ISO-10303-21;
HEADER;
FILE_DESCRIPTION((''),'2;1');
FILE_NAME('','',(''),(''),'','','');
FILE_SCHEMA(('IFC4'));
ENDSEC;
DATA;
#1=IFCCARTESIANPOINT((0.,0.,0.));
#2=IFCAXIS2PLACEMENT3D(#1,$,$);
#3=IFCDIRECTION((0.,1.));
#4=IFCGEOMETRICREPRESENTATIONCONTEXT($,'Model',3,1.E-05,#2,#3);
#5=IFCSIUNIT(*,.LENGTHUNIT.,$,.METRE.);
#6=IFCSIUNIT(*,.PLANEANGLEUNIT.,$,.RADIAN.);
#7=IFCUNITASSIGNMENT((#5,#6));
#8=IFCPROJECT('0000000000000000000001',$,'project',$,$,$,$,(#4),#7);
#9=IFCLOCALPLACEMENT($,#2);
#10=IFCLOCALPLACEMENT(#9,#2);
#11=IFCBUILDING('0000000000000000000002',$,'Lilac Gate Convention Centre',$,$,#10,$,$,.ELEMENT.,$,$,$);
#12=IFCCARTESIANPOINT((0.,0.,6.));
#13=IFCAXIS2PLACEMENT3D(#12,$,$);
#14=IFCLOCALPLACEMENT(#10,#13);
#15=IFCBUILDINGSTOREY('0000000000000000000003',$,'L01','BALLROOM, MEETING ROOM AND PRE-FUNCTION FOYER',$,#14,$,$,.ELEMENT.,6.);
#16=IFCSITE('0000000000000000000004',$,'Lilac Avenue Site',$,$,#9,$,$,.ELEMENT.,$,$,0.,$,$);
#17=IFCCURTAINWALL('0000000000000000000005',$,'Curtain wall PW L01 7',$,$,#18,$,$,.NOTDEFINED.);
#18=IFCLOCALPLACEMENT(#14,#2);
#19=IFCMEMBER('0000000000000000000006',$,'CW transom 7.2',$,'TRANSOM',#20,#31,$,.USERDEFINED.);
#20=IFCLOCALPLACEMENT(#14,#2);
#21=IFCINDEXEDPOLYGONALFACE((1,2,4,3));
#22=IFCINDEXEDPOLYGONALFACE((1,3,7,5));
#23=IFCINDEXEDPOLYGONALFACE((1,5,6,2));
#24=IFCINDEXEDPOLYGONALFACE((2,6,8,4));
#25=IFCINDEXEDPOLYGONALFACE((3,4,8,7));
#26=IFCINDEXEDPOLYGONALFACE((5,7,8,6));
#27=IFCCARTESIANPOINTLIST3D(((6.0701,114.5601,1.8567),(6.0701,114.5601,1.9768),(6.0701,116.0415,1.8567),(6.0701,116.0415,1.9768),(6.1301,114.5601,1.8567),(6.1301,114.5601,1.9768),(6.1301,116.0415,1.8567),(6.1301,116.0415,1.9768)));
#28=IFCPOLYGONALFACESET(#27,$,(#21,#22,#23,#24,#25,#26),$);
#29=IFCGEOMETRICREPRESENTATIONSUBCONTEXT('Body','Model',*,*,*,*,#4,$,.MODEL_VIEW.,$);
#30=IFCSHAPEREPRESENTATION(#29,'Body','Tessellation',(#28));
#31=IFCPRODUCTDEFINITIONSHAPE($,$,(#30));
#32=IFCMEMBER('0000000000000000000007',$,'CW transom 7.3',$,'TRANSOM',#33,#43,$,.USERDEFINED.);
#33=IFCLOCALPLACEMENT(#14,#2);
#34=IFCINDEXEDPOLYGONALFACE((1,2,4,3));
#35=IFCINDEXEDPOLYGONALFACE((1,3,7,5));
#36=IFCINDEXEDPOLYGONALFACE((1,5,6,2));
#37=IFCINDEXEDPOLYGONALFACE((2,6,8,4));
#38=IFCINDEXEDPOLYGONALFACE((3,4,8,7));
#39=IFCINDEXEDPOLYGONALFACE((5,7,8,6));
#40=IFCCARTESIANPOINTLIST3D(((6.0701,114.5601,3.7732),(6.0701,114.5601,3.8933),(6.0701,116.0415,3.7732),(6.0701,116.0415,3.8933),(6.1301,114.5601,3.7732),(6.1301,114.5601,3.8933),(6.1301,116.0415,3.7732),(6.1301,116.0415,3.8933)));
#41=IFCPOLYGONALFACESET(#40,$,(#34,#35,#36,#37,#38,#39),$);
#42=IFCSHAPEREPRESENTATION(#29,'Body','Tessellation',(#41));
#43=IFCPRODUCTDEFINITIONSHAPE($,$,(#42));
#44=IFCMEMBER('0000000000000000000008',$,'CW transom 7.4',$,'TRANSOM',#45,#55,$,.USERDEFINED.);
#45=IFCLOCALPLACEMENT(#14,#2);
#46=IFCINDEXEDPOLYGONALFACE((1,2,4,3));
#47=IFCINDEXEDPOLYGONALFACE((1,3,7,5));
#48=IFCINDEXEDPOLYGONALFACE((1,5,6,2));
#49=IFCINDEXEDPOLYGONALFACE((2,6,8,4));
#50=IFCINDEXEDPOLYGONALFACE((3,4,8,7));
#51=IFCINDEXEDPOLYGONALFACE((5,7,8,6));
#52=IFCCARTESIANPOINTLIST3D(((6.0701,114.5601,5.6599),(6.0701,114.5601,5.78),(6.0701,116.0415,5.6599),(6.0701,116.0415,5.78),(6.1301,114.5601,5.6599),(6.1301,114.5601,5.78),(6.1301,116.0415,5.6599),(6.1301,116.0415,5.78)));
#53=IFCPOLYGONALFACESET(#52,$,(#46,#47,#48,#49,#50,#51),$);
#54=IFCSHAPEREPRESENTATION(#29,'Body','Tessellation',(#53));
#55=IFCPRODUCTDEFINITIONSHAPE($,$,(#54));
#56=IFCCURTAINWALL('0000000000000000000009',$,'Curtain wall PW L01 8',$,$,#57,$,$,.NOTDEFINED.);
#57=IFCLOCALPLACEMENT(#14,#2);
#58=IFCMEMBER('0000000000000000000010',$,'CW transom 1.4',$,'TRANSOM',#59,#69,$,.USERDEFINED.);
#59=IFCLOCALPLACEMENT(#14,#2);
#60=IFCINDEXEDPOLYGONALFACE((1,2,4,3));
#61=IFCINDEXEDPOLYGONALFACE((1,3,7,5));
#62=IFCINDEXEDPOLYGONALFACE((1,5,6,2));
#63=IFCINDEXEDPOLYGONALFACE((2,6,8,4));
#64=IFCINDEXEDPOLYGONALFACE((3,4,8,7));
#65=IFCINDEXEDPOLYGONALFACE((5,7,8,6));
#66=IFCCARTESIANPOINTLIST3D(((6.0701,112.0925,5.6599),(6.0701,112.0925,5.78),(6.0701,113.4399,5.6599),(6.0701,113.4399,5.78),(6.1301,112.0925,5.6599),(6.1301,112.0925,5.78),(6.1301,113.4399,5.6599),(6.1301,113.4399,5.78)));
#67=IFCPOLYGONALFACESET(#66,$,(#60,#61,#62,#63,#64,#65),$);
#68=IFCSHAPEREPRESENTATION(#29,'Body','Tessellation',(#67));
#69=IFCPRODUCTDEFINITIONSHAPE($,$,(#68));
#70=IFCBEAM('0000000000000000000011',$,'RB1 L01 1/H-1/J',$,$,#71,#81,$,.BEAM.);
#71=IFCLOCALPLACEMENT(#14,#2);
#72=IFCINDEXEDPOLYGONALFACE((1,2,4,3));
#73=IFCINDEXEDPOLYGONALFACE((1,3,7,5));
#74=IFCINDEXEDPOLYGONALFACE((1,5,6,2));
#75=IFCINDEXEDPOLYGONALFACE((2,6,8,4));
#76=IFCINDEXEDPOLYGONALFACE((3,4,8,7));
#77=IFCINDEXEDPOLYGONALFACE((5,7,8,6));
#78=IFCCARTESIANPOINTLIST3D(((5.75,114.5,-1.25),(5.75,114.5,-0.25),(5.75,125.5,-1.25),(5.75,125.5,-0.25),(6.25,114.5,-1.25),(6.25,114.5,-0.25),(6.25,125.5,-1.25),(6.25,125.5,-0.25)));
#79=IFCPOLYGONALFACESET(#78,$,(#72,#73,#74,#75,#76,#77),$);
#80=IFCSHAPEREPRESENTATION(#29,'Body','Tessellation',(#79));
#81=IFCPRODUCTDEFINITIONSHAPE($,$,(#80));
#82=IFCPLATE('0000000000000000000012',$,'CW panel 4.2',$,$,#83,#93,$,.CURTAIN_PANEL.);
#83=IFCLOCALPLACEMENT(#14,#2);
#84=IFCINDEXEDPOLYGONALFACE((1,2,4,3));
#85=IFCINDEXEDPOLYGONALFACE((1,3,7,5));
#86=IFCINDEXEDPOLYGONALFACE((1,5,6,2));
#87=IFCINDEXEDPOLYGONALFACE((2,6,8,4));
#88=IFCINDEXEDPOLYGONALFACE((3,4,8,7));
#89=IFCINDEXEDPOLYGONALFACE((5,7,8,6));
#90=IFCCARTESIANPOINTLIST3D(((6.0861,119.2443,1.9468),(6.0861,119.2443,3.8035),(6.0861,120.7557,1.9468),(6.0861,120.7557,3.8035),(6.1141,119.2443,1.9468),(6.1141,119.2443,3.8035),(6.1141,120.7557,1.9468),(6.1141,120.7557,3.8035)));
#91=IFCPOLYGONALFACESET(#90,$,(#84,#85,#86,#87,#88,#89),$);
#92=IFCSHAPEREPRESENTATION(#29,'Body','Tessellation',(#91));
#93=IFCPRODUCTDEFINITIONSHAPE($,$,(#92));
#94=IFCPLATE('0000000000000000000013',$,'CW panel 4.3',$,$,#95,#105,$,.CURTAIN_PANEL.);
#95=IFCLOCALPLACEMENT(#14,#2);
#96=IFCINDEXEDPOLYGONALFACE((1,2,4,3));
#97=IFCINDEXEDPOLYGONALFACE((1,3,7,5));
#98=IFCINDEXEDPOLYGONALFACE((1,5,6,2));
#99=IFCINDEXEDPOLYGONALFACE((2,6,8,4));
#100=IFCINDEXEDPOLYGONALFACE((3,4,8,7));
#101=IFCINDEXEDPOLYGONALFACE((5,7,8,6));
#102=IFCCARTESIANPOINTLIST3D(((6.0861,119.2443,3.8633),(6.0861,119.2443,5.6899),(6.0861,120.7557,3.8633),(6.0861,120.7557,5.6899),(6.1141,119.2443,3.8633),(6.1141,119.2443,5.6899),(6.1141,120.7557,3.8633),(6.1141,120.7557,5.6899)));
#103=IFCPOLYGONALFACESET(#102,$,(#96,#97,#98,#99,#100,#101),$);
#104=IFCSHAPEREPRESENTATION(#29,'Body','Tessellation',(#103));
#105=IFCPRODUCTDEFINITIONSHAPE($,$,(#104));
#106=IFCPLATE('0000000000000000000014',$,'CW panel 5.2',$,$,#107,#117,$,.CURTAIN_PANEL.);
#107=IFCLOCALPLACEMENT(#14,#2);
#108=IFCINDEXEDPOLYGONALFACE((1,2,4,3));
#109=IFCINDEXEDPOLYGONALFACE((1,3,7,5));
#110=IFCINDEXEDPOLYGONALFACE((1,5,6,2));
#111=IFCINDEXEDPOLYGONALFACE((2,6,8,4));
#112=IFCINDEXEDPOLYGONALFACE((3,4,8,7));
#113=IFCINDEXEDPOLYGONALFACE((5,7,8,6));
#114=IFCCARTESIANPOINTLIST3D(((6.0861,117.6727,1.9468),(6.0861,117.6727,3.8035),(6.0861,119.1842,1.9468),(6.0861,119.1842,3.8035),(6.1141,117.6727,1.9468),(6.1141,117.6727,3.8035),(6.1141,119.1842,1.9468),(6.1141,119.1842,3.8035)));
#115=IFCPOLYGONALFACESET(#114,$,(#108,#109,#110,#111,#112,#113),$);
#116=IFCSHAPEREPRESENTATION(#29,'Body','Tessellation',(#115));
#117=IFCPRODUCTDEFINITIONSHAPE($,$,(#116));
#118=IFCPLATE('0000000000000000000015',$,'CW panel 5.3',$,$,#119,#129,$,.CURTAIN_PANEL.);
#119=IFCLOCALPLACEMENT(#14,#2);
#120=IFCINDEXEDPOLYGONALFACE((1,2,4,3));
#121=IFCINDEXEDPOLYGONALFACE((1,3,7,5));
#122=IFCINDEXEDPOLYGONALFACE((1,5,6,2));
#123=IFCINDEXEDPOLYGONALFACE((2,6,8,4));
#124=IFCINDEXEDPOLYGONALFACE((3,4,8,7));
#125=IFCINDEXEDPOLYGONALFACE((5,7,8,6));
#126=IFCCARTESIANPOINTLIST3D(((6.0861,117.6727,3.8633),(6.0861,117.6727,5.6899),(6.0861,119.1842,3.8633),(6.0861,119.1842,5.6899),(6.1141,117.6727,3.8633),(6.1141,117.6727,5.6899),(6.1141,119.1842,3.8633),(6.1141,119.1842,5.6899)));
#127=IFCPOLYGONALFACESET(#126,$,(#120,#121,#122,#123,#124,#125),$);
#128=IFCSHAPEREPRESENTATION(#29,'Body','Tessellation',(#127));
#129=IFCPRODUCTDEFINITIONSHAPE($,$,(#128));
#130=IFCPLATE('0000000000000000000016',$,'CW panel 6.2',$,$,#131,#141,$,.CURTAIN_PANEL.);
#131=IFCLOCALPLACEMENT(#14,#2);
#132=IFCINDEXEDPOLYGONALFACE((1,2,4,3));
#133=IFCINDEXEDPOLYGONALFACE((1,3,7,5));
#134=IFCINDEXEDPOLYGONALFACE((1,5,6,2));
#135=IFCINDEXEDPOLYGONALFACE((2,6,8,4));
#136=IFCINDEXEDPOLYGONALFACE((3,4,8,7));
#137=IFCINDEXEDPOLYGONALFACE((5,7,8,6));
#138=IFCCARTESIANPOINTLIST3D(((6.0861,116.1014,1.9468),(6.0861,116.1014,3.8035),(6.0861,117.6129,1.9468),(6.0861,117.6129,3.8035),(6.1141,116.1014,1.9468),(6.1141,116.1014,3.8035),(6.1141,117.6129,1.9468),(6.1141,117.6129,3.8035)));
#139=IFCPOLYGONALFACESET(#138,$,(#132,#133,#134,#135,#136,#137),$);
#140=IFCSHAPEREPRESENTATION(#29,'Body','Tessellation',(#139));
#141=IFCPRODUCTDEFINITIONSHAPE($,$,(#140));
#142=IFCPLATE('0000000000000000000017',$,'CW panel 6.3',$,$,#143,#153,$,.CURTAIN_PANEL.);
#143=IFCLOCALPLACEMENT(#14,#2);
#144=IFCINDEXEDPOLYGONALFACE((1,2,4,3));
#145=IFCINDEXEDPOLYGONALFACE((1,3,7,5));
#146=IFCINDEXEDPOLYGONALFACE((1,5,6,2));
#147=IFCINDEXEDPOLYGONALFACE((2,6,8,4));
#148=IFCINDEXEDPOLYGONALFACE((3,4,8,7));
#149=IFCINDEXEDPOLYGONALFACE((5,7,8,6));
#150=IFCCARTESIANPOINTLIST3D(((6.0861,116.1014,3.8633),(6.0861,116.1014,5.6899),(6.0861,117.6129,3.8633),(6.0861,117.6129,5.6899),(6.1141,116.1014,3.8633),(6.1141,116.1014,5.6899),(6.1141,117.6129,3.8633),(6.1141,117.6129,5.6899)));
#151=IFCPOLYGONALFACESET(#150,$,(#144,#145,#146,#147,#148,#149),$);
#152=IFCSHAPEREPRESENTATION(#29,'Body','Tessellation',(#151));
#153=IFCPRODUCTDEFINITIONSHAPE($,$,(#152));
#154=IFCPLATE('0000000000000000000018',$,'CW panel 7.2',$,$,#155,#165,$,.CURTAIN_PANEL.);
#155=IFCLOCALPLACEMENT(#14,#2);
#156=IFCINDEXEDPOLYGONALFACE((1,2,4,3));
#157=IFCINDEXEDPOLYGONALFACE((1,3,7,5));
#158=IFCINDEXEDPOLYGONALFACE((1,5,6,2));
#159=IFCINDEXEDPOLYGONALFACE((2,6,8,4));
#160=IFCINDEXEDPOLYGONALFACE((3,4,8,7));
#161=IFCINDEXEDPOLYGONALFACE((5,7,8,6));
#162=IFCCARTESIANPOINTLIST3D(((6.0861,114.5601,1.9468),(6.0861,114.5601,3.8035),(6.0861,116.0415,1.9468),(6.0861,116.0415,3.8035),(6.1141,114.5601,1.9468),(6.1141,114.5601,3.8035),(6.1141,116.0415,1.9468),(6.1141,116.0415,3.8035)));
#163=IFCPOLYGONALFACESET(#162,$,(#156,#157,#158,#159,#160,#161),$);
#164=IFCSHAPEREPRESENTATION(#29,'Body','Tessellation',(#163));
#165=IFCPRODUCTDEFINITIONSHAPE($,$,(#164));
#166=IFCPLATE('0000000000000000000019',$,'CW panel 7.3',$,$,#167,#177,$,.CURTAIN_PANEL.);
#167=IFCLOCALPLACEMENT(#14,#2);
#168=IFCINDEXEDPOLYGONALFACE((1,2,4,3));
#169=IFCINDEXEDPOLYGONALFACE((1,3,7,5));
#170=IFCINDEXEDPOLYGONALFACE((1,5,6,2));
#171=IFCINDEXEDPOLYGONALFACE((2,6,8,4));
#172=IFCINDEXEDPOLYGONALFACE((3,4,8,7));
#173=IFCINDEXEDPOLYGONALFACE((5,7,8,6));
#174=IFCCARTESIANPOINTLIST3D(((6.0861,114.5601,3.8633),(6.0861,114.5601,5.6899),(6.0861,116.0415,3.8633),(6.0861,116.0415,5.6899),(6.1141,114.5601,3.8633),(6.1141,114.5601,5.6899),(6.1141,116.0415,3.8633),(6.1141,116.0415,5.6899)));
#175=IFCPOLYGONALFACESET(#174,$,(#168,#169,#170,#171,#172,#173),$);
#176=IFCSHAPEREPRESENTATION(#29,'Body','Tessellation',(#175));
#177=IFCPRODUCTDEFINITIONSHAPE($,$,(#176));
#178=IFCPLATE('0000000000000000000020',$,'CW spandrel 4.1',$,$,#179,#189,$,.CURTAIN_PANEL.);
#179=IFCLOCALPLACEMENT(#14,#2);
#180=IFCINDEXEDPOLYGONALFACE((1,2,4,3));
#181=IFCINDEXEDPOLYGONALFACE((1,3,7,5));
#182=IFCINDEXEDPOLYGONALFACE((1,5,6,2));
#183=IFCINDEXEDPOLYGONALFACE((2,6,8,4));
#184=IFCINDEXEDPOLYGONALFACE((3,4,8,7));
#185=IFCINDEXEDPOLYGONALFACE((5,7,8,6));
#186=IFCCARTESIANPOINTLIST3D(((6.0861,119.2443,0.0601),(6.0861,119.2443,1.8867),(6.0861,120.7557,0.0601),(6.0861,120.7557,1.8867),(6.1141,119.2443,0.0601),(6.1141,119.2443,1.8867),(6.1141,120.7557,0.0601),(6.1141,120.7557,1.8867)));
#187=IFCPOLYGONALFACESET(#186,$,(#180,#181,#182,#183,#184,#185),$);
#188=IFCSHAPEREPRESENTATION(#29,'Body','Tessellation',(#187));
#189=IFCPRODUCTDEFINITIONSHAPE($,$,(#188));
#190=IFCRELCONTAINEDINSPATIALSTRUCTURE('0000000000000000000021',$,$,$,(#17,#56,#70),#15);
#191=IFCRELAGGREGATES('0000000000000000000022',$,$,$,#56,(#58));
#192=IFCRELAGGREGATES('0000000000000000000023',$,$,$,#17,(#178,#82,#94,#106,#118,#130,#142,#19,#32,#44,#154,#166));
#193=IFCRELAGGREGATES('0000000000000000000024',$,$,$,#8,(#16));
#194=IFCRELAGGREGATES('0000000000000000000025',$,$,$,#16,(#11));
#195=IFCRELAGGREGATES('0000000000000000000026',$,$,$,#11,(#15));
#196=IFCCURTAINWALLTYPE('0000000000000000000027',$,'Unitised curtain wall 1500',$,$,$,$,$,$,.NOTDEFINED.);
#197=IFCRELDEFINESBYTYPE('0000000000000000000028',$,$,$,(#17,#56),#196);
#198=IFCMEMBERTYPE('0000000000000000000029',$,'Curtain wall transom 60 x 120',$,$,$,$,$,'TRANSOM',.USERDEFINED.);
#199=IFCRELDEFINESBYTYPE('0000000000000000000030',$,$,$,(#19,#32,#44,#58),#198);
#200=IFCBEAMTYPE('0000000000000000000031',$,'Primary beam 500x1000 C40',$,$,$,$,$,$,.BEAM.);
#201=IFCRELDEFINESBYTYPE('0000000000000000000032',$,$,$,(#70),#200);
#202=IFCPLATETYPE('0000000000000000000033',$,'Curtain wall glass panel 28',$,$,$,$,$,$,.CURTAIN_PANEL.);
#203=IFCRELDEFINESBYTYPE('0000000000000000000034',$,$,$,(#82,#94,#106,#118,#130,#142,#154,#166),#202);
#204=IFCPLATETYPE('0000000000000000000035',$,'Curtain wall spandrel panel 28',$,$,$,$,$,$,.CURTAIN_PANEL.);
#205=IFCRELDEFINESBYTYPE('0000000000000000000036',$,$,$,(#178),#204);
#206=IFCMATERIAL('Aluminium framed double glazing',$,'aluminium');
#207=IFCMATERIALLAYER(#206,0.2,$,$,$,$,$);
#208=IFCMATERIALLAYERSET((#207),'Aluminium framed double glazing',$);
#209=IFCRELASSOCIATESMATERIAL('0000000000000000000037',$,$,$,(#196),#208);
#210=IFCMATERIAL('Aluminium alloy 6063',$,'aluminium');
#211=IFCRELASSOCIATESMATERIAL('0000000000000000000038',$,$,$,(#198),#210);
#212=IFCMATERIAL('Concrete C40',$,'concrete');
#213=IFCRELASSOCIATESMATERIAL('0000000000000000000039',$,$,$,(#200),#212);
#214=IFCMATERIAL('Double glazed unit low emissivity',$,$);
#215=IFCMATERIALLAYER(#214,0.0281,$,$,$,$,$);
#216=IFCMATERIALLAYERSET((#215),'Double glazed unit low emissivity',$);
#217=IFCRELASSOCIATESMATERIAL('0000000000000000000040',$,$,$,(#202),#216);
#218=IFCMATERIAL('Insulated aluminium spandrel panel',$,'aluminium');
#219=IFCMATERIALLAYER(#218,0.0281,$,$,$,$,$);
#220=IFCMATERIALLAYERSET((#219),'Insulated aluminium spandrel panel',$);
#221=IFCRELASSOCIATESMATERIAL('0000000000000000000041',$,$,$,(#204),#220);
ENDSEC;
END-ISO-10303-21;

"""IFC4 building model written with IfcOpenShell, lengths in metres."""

from ifc_helpers import new_model, si_unit, direction, frame, origin, origin_2d, place, context, subcontext, project, spatial, rectangle, extrude, material, layer, layer_set, material_profile, profile_set, type_object, element, aggregate, save


model = new_model("IFC4")

# Units and contexts
model_context = context("Model", 3, precision=1e-05, world=origin(), true_north=direction((0.0, 1.0)))
body_context = subcontext(model_context, "Body", "Model", "MODEL_VIEW")
ifc_project = project(units=[si_unit("LENGTHUNIT", "METRE"), si_unit("PLANEANGLEUNIT", "RADIAN")], contexts=[model_context])

# Site, building, storey
site_placement = place(None, origin())
site = spatial("IfcSite", under=ifc_project, at=site_placement, Name="Lilac Avenue Site", CompositionType="ELEMENT", RefElevation=0.0)
building_placement = place(site_placement, origin())
building = spatial("IfcBuilding", under=site, at=building_placement, Name="Lilac Gate Convention Centre", CompositionType="ELEMENT")
storey_placement = place(building_placement, frame((0.0, 0.0, 6.0)))
storey = spatial("IfcBuildingStorey", under=building, at=storey_placement, Name="L01", Description="BALLROOM, MEETING ROOM AND PRE-FUNCTION FOYER", CompositionType="ELEMENT", Elevation=6.0)

# Shared definitions
ifc_material_1 = material(Name="Concrete C40", Category="concrete")

# Curtain wall, members
ifc_material_2 = material(Name="Aluminium framed double glazing", Category="aluminium")
ifc_layer_1 = layer(ifc_material_2, 0.2)
ifc_layer_set_1 = layer_set([ifc_layer_1], Name="Aluminium framed double glazing")
curtain_wall_type = type_object("IfcCurtainWallType", Name="Unitised curtain wall 1500", PredefinedType="NOTDEFINED", material=ifc_layer_set_1)
curtain_wall_1_placement = place(storey_placement, origin())
curtain_wall_1 = element("IfcCurtainWall", 1, at=curtain_wall_1_placement, inside=storey, type_object=curtain_wall_type, Name="Curtain wall PW L01 7", PredefinedType="NOTDEFINED")
ifc_material_3 = material(Name="Aluminium alloy 6063", Category="aluminium")
ifc_material_profile_1 = material_profile(ifc_material_3, rectangle(XDim=0.0601, YDim=0.1201, at=origin_2d()), Name="Curtain wall transom 60 x 120")
ifc_profile_set_1 = profile_set([ifc_material_profile_1], Name="Aluminium alloy 6063")
member_type_1 = type_object("IfcMemberType", Name="Curtain wall transom 60 x 120", ElementType="TRANSOM", PredefinedType="USERDEFINED", material=ifc_profile_set_1)
member_1_placement = place(storey_placement, frame((6.1001, 116.0415, 1.9167), z_axis=(0.0, -1.0, 0.0), x_axis=(1.0, 0.0, 0.0)))
member_1 = element("IfcMember", 2, at=member_1_placement, type_object=member_type_1, Name="CW transom 7.2", ObjectType="TRANSOM", PredefinedType="USERDEFINED", context=body_context, shape_type="SweptSolid", body=[
    extrude(rectangle(XDim=0.0601, YDim=0.1201, at=origin_2d()), origin(), (0.0, 0.0, 1.0), 1.4814),
])
member_2_placement = place(storey_placement, frame((6.1001, 116.0415, 3.8333), z_axis=(0.0, -1.0, 0.0), x_axis=(1.0, 0.0, 0.0)))
member_2 = element("IfcMember", 3, at=member_2_placement, type_object=member_type_1, Name="CW transom 7.3", ObjectType="TRANSOM", PredefinedType="USERDEFINED", context=body_context, shape_type="SweptSolid", body=[
    extrude(rectangle(XDim=0.0601, YDim=0.1201, at=origin_2d()), origin(), (0.0, 0.0, 1.0), 1.4814),
])
member_3_placement = place(storey_placement, frame((6.1001, 116.0415, 5.72), z_axis=(0.0, -1.0, 0.0), x_axis=(1.0, 0.0, 0.0)))
member_3 = element("IfcMember", 4, at=member_3_placement, type_object=member_type_1, Name="CW transom 7.4", ObjectType="TRANSOM", PredefinedType="USERDEFINED", context=body_context, shape_type="SweptSolid", body=[
    extrude(rectangle(XDim=0.0601, YDim=0.1201, at=origin_2d()), origin(), (0.0, 0.0, 1.0), 1.4814),
])

# Curtain wall, member
curtain_wall_2_placement = place(storey_placement, origin())
curtain_wall_2 = element("IfcCurtainWall", 5, at=curtain_wall_2_placement, inside=storey, type_object=curtain_wall_type, Name="Curtain wall PW L01 8", PredefinedType="NOTDEFINED")
member_4_placement = place(storey_placement, frame((6.1001, 113.4399, 5.72), z_axis=(0.0, -1.0, 0.0), x_axis=(1.0, 0.0, 0.0)))
member_4 = element("IfcMember", 6, at=member_4_placement, type_object=member_type_1, Name="CW transom 1.4", ObjectType="TRANSOM", PredefinedType="USERDEFINED", context=body_context, shape_type="SweptSolid", body=[
    extrude(rectangle(XDim=0.0601, YDim=0.1201, at=origin_2d()), origin(), (0.0, 0.0, 1.0), 1.3474),
])
aggregate(curtain_wall_2, [member_4])

# Beam
ifc_material_profile_2 = material_profile(ifc_material_1, rectangle(XDim=0.5, YDim=1.0, at=origin_2d()), Name="RC 500x1000")
ifc_profile_set_2 = profile_set([ifc_material_profile_2], Name="Concrete C40")
beam_type = type_object("IfcBeamType", Name="Primary beam 500x1000 C40", PredefinedType="BEAM", material=ifc_profile_set_2)
beam_placement = place(storey_placement, frame((6.0, 114.5, -0.75), z_axis=(0.0, 1.0, 0.0), x_axis=(-1.0, 0.0, 0.0)))
element("IfcBeam", 7, at=beam_placement, inside=storey, type_object=beam_type, Name="RB1 L01 1/H-1/J", PredefinedType="BEAM", context=body_context, shape_type="SweptSolid", body=[
    extrude(rectangle(XDim=0.5, YDim=1.0, at=origin_2d()), origin(), (0.0, 0.0, 1.0), 11.0),
])

# Plates
ifc_material_4 = material(Name="Double glazed unit low emissivity")
ifc_layer_2 = layer(ifc_material_4, 0.0281)
ifc_layer_set_2 = layer_set([ifc_layer_2], Name="Double glazed unit low emissivity")
plate_type_1 = type_object("IfcPlateType", Name="Curtain wall glass panel 28", PredefinedType="CURTAIN_PANEL", material=ifc_layer_set_2)
plate_1_placement = place(storey_placement, frame((6.1001, 120.0, 1.9468), z_axis=(0.0, 0.0, 1.0), x_axis=(0.0, -1.0, 0.0)))
plate_1 = element("IfcPlate", 8, at=plate_1_placement, type_object=plate_type_1, Name="CW panel 4.2", PredefinedType="CURTAIN_PANEL", context=body_context, shape_type="SweptSolid", body=[
    extrude(rectangle(XDim=1.5115, YDim=0.0281, at=origin_2d()), origin(), (0.0, 0.0, 1.0), 1.8567),
])
plate_2_placement = place(storey_placement, frame((6.1001, 120.0, 3.8633), z_axis=(0.0, 0.0, 1.0), x_axis=(0.0, -1.0, 0.0)))
plate_2 = element("IfcPlate", 9, at=plate_2_placement, type_object=plate_type_1, Name="CW panel 4.3", PredefinedType="CURTAIN_PANEL", context=body_context, shape_type="SweptSolid", body=[
    extrude(rectangle(XDim=1.5115, YDim=0.0281, at=origin_2d()), origin(), (0.0, 0.0, 1.0), 1.8267),
])
plate_3_placement = place(storey_placement, frame((6.1001, 118.4285, 1.9468), z_axis=(0.0, 0.0, 1.0), x_axis=(0.0, -1.0, 0.0)))
plate_3 = element("IfcPlate", 10, at=plate_3_placement, type_object=plate_type_1, Name="CW panel 5.2", PredefinedType="CURTAIN_PANEL", context=body_context, shape_type="SweptSolid", body=[
    extrude(rectangle(XDim=1.5115, YDim=0.0281, at=origin_2d()), origin(), (0.0, 0.0, 1.0), 1.8567),
])
plate_4_placement = place(storey_placement, frame((6.1001, 118.4285, 3.8633), z_axis=(0.0, 0.0, 1.0), x_axis=(0.0, -1.0, 0.0)))
plate_4 = element("IfcPlate", 11, at=plate_4_placement, type_object=plate_type_1, Name="CW panel 5.3", PredefinedType="CURTAIN_PANEL", context=body_context, shape_type="SweptSolid", body=[
    extrude(rectangle(XDim=1.5115, YDim=0.0281, at=origin_2d()), origin(), (0.0, 0.0, 1.0), 1.8267),
])
plate_5_placement = place(storey_placement, frame((6.1001, 116.8572, 1.9468), z_axis=(0.0, 0.0, 1.0), x_axis=(0.0, -1.0, 0.0)))
plate_5 = element("IfcPlate", 12, at=plate_5_placement, type_object=plate_type_1, Name="CW panel 6.2", PredefinedType="CURTAIN_PANEL", context=body_context, shape_type="SweptSolid", body=[
    extrude(rectangle(XDim=1.5115, YDim=0.0281, at=origin_2d()), origin(), (0.0, 0.0, 1.0), 1.8567),
])
plate_6_placement = place(storey_placement, frame((6.1001, 116.8572, 3.8633), z_axis=(0.0, 0.0, 1.0), x_axis=(0.0, -1.0, 0.0)))
plate_6 = element("IfcPlate", 13, at=plate_6_placement, type_object=plate_type_1, Name="CW panel 6.3", PredefinedType="CURTAIN_PANEL", context=body_context, shape_type="SweptSolid", body=[
    extrude(rectangle(XDim=1.5115, YDim=0.0281, at=origin_2d()), origin(), (0.0, 0.0, 1.0), 1.8267),
])
plate_7_placement = place(storey_placement, frame((6.1001, 115.3008, 1.9468), z_axis=(0.0, 0.0, 1.0), x_axis=(0.0, -1.0, 0.0)))
plate_7 = element("IfcPlate", 14, at=plate_7_placement, type_object=plate_type_1, Name="CW panel 7.2", PredefinedType="CURTAIN_PANEL", context=body_context, shape_type="SweptSolid", body=[
    extrude(rectangle(XDim=1.4814, YDim=0.0281, at=origin_2d()), origin(), (0.0, 0.0, 1.0), 1.8567),
])
plate_8_placement = place(storey_placement, frame((6.1001, 115.3008, 3.8633), z_axis=(0.0, 0.0, 1.0), x_axis=(0.0, -1.0, 0.0)))
plate_8 = element("IfcPlate", 15, at=plate_8_placement, type_object=plate_type_1, Name="CW panel 7.3", PredefinedType="CURTAIN_PANEL", context=body_context, shape_type="SweptSolid", body=[
    extrude(rectangle(XDim=1.4814, YDim=0.0281, at=origin_2d()), origin(), (0.0, 0.0, 1.0), 1.8267),
])
ifc_material_5 = material(Name="Insulated aluminium spandrel panel", Category="aluminium")
ifc_layer_3 = layer(ifc_material_5, 0.0281)
ifc_layer_set_3 = layer_set([ifc_layer_3], Name="Insulated aluminium spandrel panel")
plate_type_2 = type_object("IfcPlateType", Name="Curtain wall spandrel panel 28", PredefinedType="CURTAIN_PANEL", material=ifc_layer_set_3)
plate_9_placement = place(storey_placement, frame((6.1001, 120.0, 0.0601), z_axis=(0.0, 0.0, 1.0), x_axis=(0.0, -1.0, 0.0)))
plate_9 = element("IfcPlate", 16, at=plate_9_placement, type_object=plate_type_2, Name="CW spandrel 4.1", PredefinedType="CURTAIN_PANEL", context=body_context, shape_type="SweptSolid", body=[
    extrude(rectangle(XDim=1.5115, YDim=0.0281, at=origin_2d()), origin(), (0.0, 0.0, 1.0), 1.8267),
])
aggregate(curtain_wall_1, [plate_9, plate_1, plate_2, plate_3, plate_4, plate_5, plate_6, member_1, member_2, member_3, plate_7, plate_8])

save(model, "model.ifc")
